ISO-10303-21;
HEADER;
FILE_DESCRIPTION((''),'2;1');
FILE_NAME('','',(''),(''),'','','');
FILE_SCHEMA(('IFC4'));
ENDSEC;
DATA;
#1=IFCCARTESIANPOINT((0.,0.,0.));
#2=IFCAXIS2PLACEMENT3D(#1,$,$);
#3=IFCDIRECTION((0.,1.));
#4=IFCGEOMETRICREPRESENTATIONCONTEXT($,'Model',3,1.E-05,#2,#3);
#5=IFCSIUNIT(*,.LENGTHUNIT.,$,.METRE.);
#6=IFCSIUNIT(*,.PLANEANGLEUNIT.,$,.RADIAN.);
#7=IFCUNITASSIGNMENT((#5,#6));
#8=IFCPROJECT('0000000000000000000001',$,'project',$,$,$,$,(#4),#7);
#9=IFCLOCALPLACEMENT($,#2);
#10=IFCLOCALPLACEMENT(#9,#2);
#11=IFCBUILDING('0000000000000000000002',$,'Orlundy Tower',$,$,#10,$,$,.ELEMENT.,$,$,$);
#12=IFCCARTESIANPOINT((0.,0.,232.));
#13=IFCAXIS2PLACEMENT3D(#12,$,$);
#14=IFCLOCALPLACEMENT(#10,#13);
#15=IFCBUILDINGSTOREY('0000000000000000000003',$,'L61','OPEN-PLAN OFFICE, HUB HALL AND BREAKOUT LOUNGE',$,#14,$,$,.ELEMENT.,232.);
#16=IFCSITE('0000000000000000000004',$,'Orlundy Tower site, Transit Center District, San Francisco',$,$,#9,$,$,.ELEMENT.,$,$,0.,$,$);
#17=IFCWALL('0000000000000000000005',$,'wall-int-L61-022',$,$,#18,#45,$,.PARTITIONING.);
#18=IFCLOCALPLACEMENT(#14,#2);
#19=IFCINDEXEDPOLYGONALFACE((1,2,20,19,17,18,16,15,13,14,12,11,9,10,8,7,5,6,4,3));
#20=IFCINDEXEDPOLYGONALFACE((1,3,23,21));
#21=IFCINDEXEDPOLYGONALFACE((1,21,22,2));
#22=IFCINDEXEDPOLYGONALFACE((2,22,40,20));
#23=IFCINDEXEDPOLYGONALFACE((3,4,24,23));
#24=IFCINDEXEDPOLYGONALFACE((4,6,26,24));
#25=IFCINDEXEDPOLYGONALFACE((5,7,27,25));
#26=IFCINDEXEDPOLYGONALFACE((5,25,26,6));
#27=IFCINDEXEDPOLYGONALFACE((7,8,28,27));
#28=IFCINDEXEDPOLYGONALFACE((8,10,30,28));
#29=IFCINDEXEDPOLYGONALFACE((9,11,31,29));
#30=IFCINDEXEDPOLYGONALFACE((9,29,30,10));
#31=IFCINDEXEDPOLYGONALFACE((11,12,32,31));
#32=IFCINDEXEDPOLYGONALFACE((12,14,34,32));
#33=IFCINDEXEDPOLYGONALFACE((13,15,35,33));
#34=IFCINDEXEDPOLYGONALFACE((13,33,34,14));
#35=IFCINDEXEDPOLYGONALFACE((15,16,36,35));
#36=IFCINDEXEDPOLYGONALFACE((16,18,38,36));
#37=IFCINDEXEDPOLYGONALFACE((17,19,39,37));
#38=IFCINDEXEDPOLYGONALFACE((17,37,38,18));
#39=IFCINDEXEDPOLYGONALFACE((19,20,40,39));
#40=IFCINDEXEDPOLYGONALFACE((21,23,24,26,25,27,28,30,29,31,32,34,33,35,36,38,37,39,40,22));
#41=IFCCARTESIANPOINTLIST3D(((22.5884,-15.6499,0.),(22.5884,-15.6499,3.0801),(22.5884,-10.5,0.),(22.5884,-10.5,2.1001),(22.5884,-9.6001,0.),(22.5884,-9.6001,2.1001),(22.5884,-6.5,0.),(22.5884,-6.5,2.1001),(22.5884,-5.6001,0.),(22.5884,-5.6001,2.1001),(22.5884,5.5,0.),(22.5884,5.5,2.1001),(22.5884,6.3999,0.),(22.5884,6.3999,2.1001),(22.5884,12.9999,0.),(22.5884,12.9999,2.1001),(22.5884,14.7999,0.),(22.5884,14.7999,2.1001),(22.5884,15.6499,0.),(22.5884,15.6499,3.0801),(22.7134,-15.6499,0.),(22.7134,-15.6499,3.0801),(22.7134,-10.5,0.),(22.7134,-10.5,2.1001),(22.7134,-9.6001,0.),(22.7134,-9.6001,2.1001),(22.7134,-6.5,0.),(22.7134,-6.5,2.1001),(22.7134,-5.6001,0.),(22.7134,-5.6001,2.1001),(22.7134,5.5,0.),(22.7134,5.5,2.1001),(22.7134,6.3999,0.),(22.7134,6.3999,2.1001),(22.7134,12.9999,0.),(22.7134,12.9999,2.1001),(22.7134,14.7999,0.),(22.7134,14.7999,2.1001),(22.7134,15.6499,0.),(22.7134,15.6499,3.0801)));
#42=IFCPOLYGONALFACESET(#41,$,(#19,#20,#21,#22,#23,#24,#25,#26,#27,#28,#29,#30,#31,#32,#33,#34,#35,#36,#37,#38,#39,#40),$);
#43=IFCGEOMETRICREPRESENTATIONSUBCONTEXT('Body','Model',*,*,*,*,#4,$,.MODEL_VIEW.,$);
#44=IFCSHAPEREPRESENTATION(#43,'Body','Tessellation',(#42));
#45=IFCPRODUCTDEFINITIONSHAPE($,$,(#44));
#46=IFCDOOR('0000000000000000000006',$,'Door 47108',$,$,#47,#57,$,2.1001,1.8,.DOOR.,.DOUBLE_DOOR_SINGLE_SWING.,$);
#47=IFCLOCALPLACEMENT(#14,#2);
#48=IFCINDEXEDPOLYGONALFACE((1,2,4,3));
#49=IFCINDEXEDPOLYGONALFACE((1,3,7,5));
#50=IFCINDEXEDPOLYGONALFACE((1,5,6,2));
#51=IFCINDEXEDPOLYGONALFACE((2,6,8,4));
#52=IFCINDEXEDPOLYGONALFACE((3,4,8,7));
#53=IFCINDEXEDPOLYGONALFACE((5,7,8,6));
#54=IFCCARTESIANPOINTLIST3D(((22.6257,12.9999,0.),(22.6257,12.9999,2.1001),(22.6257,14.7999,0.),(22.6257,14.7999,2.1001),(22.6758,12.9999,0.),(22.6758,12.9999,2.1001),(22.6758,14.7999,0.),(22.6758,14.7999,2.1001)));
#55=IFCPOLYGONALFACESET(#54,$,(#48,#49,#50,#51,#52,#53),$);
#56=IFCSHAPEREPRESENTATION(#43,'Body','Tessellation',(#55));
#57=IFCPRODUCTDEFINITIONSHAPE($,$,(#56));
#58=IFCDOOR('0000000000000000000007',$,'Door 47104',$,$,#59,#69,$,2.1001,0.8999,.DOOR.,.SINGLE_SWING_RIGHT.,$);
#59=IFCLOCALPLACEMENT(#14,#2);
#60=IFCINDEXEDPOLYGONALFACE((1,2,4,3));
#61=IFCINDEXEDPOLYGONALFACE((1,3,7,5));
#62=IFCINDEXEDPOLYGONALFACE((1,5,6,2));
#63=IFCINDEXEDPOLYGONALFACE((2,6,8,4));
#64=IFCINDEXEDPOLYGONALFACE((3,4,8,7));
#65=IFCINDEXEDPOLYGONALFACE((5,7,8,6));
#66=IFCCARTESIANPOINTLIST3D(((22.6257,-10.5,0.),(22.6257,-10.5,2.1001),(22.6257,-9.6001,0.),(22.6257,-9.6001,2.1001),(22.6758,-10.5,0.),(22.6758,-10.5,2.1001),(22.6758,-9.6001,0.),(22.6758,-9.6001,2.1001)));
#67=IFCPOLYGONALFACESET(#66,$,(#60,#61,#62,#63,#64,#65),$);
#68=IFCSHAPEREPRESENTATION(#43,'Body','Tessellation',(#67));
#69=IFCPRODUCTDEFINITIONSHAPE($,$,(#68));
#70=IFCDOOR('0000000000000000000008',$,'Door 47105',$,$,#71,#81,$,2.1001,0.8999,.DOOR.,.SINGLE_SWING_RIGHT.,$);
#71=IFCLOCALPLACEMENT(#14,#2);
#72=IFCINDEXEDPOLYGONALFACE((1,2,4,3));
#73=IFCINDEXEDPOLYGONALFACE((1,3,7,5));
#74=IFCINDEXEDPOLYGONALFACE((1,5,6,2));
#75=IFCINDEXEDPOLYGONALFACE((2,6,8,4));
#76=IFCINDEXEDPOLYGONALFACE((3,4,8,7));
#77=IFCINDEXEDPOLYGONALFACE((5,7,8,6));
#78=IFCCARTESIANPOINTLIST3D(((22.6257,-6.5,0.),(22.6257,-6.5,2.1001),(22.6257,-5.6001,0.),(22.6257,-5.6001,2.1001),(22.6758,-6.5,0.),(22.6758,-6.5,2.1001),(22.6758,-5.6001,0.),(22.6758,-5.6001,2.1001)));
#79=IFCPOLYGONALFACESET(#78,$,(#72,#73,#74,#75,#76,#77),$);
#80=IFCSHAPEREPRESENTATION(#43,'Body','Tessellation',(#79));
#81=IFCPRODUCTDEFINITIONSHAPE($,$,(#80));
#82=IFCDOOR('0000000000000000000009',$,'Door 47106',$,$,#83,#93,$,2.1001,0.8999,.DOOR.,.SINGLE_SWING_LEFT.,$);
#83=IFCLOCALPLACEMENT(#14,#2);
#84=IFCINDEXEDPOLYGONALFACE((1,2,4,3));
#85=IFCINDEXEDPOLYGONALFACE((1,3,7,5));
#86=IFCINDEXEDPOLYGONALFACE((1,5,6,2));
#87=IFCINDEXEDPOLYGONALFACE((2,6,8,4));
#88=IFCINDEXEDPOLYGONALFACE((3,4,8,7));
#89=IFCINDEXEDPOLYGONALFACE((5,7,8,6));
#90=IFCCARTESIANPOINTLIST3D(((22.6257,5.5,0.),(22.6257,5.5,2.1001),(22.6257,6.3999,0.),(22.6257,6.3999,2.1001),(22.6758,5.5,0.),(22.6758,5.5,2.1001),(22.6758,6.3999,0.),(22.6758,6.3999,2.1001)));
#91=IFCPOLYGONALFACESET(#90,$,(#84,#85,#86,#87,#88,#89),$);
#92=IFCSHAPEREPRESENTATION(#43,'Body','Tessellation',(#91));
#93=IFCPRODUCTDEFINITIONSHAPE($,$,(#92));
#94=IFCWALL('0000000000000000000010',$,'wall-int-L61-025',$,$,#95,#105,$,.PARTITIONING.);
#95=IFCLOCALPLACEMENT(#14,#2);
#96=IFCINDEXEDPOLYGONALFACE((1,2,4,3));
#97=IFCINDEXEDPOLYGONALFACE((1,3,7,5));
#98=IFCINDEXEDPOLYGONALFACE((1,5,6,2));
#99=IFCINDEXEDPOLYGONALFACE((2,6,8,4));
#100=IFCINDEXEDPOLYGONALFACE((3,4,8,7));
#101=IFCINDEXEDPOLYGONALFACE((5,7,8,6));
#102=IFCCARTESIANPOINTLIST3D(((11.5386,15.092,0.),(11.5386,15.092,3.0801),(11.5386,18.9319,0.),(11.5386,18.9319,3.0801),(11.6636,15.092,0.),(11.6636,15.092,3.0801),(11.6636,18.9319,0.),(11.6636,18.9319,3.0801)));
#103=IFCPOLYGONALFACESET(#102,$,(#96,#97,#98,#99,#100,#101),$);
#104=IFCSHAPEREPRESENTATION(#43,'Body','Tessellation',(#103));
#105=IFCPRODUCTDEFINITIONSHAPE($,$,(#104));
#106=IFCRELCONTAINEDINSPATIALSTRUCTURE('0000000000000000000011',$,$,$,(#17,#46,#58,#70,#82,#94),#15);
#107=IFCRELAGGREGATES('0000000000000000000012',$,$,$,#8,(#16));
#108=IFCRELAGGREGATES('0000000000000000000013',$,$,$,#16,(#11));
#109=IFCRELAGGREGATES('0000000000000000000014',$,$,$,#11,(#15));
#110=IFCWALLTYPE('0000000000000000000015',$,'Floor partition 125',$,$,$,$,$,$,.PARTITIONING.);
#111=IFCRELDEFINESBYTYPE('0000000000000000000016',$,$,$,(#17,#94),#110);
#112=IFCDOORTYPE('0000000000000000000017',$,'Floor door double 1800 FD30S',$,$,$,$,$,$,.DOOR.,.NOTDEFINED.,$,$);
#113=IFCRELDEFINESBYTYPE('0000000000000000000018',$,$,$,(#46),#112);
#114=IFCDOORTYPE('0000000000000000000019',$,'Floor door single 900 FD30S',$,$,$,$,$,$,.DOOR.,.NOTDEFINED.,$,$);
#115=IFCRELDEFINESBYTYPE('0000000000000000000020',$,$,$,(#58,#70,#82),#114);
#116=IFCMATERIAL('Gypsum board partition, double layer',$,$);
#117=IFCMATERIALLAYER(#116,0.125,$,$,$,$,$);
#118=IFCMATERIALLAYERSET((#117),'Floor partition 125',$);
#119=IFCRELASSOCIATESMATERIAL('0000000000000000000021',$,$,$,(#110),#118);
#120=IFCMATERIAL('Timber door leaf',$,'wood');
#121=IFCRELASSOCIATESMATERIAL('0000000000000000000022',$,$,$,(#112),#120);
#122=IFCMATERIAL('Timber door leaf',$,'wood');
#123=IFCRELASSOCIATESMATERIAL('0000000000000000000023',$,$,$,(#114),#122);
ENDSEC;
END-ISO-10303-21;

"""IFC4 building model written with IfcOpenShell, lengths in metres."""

from ifc_helpers import new_model, si_unit, direction, frame, frame_2d, origin, place, context, subcontext, project, spatial, rectangle, extrude, material, layer, layer_set, type_object, element, fill, save


model = new_model("IFC4")

# Units and contexts
model_context = context("Model", 3, precision=1e-05, world=origin(), true_north=direction((0.0, 1.0)))
body_context = subcontext(model_context, "Body", "Model", "MODEL_VIEW")
ifc_project = project(units=[si_unit("LENGTHUNIT", "METRE"), si_unit("PLANEANGLEUNIT", "RADIAN")], contexts=[model_context])

# Site, building, storey
site_placement = place(None, origin())
site = spatial("IfcSite", under=ifc_project, at=site_placement, Name="Orlundy Tower site, Transit Center District, San Francisco", CompositionType="ELEMENT", RefElevation=0.0)
building_placement = place(site_placement, origin())
building = spatial("IfcBuilding", under=site, at=building_placement, Name="Orlundy Tower", CompositionType="ELEMENT")
storey_placement = place(building_placement, frame((0.0, 0.0, 232.0)))
storey = spatial("IfcBuildingStorey", under=building, at=storey_placement, Name="L61", Description="OPEN-PLAN OFFICE, HUB HALL AND BREAKOUT LOUNGE", CompositionType="ELEMENT", Elevation=232.0)

# Shared definitions
ifc_material_1 = material(Name="Gypsum board partition, double layer")
ifc_layer_1 = layer(ifc_material_1, 0.125)
ifc_layer_set_1 = layer_set([ifc_layer_1], Name="Floor partition 125")
wall_type_1 = type_object("IfcWallType", Name="Floor partition 125", PredefinedType="PARTITIONING", material=ifc_layer_set_1)
ifc_material_2 = material(Name="Timber door leaf", Category="wood")
door_type_1 = type_object("IfcDoorType", Name="Floor door double 1800 FD30S", OperationType="NOTDEFINED", PredefinedType="DOOR", material=ifc_material_2)

# Wall, openings, doors
wall_1_placement = place(storey_placement, frame((22.6509, 15.6499, 0.0), z_axis=(0.0, 0.0, 1.0), x_axis=(0.0, -1.0, 0.0)))
wall_1 = element("IfcWall", 1, at=wall_1_placement, inside=storey, type_object=wall_type_1, Name="wall-int-L61-022", PredefinedType="PARTITIONING", context=body_context, shape_type="SweptSolid", body=[
    extrude(rectangle(XDim=31.2998, YDim=0.125, at=frame_2d((15.6499, 0.0))), origin(), (0.0, 0.0, 1.0), 3.0801),
])
opening_1_placement = place(wall_1_placement, frame((25.25, 0.0, 0.0)))
opening_1 = element("IfcOpeningElement", 2, at=opening_1_placement, cuts=wall_1, PredefinedType="OPENING", context=body_context, shape_type="SweptSolid", body=[
    extrude(rectangle(XDim=0.8999, YDim=2.1001, at=frame_2d((0.45, 1.05))), frame((0.0, 0.0725, 0.0), z_axis=(0.0, -1.0, 0.0), x_axis=(1.0, 0.0, 0.0)), (0.0, 0.0, 1.0), 0.145),
])
opening_2_placement = place(wall_1_placement, frame((21.25, 0.0, 0.0)))
opening_2 = element("IfcOpeningElement", 3, at=opening_2_placement, cuts=wall_1, PredefinedType="OPENING", context=body_context, shape_type="SweptSolid", body=[
    extrude(rectangle(XDim=0.8999, YDim=2.1001, at=frame_2d((0.45, 1.05))), frame((0.0, 0.0725, 0.0), z_axis=(0.0, -1.0, 0.0), x_axis=(1.0, 0.0, 0.0)), (0.0, 0.0, 1.0), 0.145),
])
opening_3_placement = place(wall_1_placement, frame((9.25, 0.0, 0.0)))
opening_3 = element("IfcOpeningElement", 4, at=opening_3_placement, cuts=wall_1, PredefinedType="OPENING", context=body_context, shape_type="SweptSolid", body=[
    extrude(rectangle(XDim=0.8999, YDim=2.1001, at=frame_2d((0.45, 1.05))), frame((0.0, 0.0725, 0.0), z_axis=(0.0, -1.0, 0.0), x_axis=(1.0, 0.0, 0.0)), (0.0, 0.0, 1.0), 0.145),
])
opening_4_placement = place(wall_1_placement, frame((0.8501, 0.0, 0.0)))
opening_4 = element("IfcOpeningElement", 5, at=opening_4_placement, cuts=wall_1, PredefinedType="OPENING", context=body_context, shape_type="SweptSolid", body=[
    extrude(rectangle(XDim=1.8, YDim=2.1001, at=frame_2d((0.8999, 1.05))), frame((0.0, 0.0725, 0.0), z_axis=(0.0, -1.0, 0.0), x_axis=(1.0, 0.0, 0.0)), (0.0, 0.0, 1.0), 0.145),
])
door_1_placement = place(opening_4_placement, origin())
door_1 = element("IfcDoor", 6, at=door_1_placement, inside=storey, type_object=door_type_1, Name="Door 47108", OperationType="DOUBLE_DOOR_SINGLE_SWING", OverallHeight=2.1001, OverallWidth=1.8, PredefinedType="DOOR", context=body_context, shape_type="SweptSolid", body=[
    extrude(rectangle(XDim=1.8, YDim=2.1001, at=frame_2d((0.8999, 1.05))), frame((0.0, 0.0249, 0.0), z_axis=(0.0, -1.0, 0.0), x_axis=(1.0, 0.0, 0.0)), (0.0, 0.0, 1.0), 0.05),
])
fill(opening_4, door_1)
ifc_material_3 = material(Name="Timber door leaf", Category="wood")
door_type_2 = type_object("IfcDoorType", Name="Floor door single 900 FD30S", OperationType="NOTDEFINED", PredefinedType="DOOR", material=ifc_material_3)
door_2_placement = place(opening_1_placement, origin())
door_2 = element("IfcDoor", 7, at=door_2_placement, inside=storey, type_object=door_type_2, Name="Door 47104", OperationType="SINGLE_SWING_RIGHT", OverallHeight=2.1001, OverallWidth=0.8999, PredefinedType="DOOR", context=body_context, shape_type="SweptSolid", body=[
    extrude(rectangle(XDim=0.8999, YDim=2.1001, at=frame_2d((0.45, 1.05))), frame((0.0, 0.0249, 0.0), z_axis=(0.0, -1.0, 0.0), x_axis=(1.0, 0.0, 0.0)), (0.0, 0.0, 1.0), 0.05),
])
fill(opening_1, door_2)
door_3_placement = place(opening_2_placement, origin())
door_3 = element("IfcDoor", 8, at=door_3_placement, inside=storey, type_object=door_type_2, Name="Door 47105", OperationType="SINGLE_SWING_RIGHT", OverallHeight=2.1001, OverallWidth=0.8999, PredefinedType="DOOR", context=body_context, shape_type="SweptSolid", body=[
    extrude(rectangle(XDim=0.8999, YDim=2.1001, at=frame_2d((0.45, 1.05))), frame((0.0, 0.0249, 0.0), z_axis=(0.0, -1.0, 0.0), x_axis=(1.0, 0.0, 0.0)), (0.0, 0.0, 1.0), 0.05),
])
fill(opening_2, door_3)
door_4_placement = place(opening_3_placement, origin())
door_4 = element("IfcDoor", 9, at=door_4_placement, inside=storey, type_object=door_type_2, Name="Door 47106", OperationType="SINGLE_SWING_LEFT", OverallHeight=2.1001, OverallWidth=0.8999, PredefinedType="DOOR", context=body_context, shape_type="SweptSolid", body=[
    extrude(rectangle(XDim=0.8999, YDim=2.1001, at=frame_2d((0.45, 1.05))), frame((0.0, 0.0249, 0.0), z_axis=(0.0, -1.0, 0.0), x_axis=(1.0, 0.0, 0.0)), (0.0, 0.0, 1.0), 0.05),
])
fill(opening_3, door_4)

# Wall
wall_2_placement = place(storey_placement, frame((11.6011, 15.092, 0.0), z_axis=(0.0, 0.0, 1.0), x_axis=(0.0, 1.0, 0.0)))
element("IfcWall", 10, at=wall_2_placement, inside=storey, type_object=wall_type_1, Name="wall-int-L61-025", PredefinedType="PARTITIONING", context=body_context, shape_type="SweptSolid", body=[
    extrude(rectangle(XDim=3.8398, YDim=0.125, at=frame_2d((1.9199, 0.0))), origin(), (0.0, 0.0, 1.0), 3.0801),
])

save(model, "model.ifc")
